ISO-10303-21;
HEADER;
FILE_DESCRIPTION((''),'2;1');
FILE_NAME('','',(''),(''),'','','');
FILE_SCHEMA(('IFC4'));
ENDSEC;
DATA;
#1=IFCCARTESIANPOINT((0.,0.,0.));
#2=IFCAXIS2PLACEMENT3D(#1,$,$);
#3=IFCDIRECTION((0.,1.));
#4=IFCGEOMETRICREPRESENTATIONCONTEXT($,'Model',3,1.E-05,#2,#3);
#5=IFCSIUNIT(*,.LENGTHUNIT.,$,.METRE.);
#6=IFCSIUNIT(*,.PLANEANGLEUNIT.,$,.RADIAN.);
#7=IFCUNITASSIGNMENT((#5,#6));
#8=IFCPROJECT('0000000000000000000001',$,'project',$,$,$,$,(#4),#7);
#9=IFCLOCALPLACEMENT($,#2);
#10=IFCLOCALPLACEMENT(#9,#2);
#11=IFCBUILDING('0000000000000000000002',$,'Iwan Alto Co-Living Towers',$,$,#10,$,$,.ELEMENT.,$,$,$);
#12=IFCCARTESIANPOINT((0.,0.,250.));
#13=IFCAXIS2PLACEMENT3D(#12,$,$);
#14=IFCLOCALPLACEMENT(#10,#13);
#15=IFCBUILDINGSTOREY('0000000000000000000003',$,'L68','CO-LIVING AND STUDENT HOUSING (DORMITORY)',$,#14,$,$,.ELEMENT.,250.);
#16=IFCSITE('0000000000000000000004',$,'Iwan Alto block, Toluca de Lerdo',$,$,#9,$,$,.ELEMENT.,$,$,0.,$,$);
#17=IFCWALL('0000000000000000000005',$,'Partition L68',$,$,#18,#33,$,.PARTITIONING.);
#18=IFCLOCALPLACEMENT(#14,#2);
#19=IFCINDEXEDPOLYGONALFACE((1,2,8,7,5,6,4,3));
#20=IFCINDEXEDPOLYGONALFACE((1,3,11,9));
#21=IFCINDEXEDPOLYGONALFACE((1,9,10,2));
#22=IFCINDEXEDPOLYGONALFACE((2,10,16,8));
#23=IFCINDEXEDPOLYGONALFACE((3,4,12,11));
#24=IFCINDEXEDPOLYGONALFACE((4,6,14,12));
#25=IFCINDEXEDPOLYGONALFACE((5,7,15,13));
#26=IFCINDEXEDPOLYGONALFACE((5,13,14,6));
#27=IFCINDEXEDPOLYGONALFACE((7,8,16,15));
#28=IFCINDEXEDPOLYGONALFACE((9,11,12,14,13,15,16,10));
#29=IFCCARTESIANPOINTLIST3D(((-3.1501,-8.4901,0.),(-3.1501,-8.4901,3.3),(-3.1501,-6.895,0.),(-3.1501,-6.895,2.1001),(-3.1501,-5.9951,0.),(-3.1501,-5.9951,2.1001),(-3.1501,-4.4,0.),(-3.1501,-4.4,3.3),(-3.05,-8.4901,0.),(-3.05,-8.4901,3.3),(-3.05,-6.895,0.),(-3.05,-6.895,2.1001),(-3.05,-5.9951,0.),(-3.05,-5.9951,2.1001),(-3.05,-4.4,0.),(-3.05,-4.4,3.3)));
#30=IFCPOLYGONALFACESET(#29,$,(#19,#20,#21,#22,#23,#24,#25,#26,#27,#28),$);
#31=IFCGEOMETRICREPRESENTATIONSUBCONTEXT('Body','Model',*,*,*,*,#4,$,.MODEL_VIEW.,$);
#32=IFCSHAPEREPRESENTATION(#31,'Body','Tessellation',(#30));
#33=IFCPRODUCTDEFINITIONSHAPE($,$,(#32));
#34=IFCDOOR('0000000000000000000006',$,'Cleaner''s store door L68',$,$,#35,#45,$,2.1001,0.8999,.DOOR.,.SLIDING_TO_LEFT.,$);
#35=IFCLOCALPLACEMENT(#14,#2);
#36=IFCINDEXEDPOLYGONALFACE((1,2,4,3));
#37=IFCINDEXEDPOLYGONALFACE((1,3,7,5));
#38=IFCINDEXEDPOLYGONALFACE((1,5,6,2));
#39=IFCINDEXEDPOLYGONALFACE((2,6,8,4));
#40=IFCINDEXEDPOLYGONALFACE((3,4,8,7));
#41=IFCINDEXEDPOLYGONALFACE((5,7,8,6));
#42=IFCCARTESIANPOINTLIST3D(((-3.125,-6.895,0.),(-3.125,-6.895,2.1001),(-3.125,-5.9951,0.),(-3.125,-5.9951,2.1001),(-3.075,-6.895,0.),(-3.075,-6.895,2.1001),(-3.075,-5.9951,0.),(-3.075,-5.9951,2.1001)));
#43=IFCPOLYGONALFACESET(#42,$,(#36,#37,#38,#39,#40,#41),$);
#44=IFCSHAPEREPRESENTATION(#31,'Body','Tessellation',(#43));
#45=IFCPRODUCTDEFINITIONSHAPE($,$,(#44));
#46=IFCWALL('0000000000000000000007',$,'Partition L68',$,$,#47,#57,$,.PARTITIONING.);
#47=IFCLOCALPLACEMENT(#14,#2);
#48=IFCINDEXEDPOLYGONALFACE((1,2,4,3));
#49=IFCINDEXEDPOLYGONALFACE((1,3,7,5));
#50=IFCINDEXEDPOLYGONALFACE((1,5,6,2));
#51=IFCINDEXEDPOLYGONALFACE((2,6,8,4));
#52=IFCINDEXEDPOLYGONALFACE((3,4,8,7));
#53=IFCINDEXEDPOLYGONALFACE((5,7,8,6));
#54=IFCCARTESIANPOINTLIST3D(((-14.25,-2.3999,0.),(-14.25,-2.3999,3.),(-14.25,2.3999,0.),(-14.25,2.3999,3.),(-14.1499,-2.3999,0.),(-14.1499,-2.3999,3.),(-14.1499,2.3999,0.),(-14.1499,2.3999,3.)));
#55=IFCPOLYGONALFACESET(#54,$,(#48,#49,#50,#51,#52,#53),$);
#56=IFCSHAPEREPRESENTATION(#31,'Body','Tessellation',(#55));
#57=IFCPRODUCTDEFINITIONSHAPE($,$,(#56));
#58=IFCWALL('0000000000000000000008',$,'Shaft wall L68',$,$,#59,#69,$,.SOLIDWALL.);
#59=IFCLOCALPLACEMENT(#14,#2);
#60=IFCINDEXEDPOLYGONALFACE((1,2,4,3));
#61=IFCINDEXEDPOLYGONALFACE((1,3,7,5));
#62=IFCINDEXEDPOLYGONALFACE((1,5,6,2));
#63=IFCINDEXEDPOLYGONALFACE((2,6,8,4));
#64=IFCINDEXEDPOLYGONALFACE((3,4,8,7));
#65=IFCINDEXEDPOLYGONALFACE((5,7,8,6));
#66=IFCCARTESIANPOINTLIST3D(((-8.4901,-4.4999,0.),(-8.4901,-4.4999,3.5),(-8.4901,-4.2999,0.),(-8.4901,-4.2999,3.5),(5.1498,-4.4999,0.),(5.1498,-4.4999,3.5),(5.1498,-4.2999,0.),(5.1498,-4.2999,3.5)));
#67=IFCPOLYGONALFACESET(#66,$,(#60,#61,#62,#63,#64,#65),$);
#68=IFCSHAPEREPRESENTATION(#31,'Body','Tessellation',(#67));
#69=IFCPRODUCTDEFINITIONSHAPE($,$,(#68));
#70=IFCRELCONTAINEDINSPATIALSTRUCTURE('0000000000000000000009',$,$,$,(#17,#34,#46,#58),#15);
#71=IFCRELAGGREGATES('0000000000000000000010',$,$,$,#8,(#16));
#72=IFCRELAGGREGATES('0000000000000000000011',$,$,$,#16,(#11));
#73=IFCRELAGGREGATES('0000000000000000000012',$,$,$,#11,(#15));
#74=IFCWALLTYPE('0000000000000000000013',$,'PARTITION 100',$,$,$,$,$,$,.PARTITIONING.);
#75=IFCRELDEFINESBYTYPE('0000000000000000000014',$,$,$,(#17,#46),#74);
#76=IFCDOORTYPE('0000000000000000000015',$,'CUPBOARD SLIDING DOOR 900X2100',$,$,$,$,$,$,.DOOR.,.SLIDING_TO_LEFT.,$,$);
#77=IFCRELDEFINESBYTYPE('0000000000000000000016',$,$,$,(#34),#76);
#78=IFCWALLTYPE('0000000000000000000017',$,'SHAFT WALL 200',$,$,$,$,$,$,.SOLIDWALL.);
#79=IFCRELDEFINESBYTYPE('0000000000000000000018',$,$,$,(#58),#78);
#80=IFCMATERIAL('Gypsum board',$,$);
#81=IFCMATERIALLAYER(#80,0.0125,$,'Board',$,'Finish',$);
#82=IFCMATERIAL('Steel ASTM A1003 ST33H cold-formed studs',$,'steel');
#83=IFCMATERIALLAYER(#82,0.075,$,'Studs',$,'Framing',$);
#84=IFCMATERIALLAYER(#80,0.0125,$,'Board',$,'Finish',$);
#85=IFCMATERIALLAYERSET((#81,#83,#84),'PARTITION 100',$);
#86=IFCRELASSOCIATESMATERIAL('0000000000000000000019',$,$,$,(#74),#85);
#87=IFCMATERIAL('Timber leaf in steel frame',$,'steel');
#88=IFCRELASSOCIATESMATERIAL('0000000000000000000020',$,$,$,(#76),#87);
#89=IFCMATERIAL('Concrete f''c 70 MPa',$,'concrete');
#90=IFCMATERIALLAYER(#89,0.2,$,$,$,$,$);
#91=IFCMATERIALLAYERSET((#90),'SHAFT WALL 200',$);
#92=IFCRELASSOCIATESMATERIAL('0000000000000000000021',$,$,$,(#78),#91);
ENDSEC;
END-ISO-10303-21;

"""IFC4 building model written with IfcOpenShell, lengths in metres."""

from ifc_helpers import new_model, si_unit, direction, frame, frame_2d, origin, place, context, subcontext, project, spatial, rectangle, extrude, material, layer, layer_set, type_object, element, fill, save


model = new_model("IFC4")

# Units and contexts
model_context = context("Model", 3, precision=1e-05, world=origin(), true_north=direction((0.0, 1.0)))
body_context = subcontext(model_context, "Body", "Model", "MODEL_VIEW")
ifc_project = project(units=[si_unit("LENGTHUNIT", "METRE"), si_unit("PLANEANGLEUNIT", "RADIAN")], contexts=[model_context])

# Site, building, storey
site_placement = place(None, origin())
site = spatial("IfcSite", under=ifc_project, at=site_placement, Name="Iwan Alto block, Toluca de Lerdo", CompositionType="ELEMENT", RefElevation=0.0)
building_placement = place(site_placement, origin())
building = spatial("IfcBuilding", under=site, at=building_placement, Name="Iwan Alto Co-Living Towers", CompositionType="ELEMENT")
storey_placement = place(building_placement, frame((0.0, 0.0, 250.0)))
storey = spatial("IfcBuildingStorey", under=building, at=storey_placement, Name="L68", Description="CO-LIVING AND STUDENT HOUSING (DORMITORY)", CompositionType="ELEMENT", Elevation=250.0)

# Wall, opening, door
ifc_material_1 = material(Name="Gypsum board")
ifc_layer_1 = layer(ifc_material_1, 0.0125, Name="Board", Category="Finish")
ifc_material_2 = material(Name="Steel ASTM A1003 ST33H cold-formed studs", Category="steel")
ifc_layer_2 = layer(ifc_material_2, 0.075, Name="Studs", Category="Framing")
ifc_layer_3 = layer(ifc_material_1, 0.0125, Name="Board", Category="Finish")
ifc_layer_set_1 = layer_set([ifc_layer_1, ifc_layer_2, ifc_layer_3], Name="PARTITION 100")
wall_type_1 = type_object("IfcWallType", Name="PARTITION 100", PredefinedType="PARTITIONING", material=ifc_layer_set_1)
wall_1_placement = place(storey_placement, frame((-3.1001, -8.49, 0.0), z_axis=(0.0, 0.0, 1.0), x_axis=(0.0, 1.0, 0.0)))
wall_1 = element("IfcWall", 1, at=wall_1_placement, inside=storey, type_object=wall_type_1, Name="Partition L68", PredefinedType="PARTITIONING", context=body_context, shape_type="SweptSolid", body=[
    extrude(rectangle(XDim=4.0901, YDim=0.1001, at=frame_2d((2.0449, 0.0))), origin(), (0.0, 0.0, 1.0), 3.3),
])
opening_1_placement = place(wall_1_placement, frame((1.595, 0.0, 0.0)))
opening_1 = element("IfcOpeningElement", 2, at=opening_1_placement, cuts=wall_1, PredefinedType="OPENING", context=body_context, shape_type="SweptSolid", body=[
    extrude(rectangle(XDim=0.8999, YDim=2.1001, at=frame_2d((0.45, 1.05))), frame((0.0, 0.0601, 0.0), z_axis=(0.0, -1.0, 0.0), x_axis=(1.0, 0.0, 0.0)), (0.0, 0.0, 1.0), 0.1201),
])
ifc_material_3 = material(Name="Timber leaf in steel frame", Category="steel")
door_type_1 = type_object("IfcDoorType", Name="CUPBOARD SLIDING DOOR 900X2100", OperationType="SLIDING_TO_LEFT", PredefinedType="DOOR", material=ifc_material_3)
door_1_placement = place(opening_1_placement, origin())
door_1 = element("IfcDoor", 3, at=door_1_placement, inside=storey, type_object=door_type_1, Name="Cleaner's store door L68", OperationType="SLIDING_TO_LEFT", OverallHeight=2.1001, OverallWidth=0.8999, PredefinedType="DOOR", context=body_context, shape_type="SweptSolid", body=[
    extrude(rectangle(XDim=0.8999, YDim=2.1001, at=frame_2d((0.45, 1.05))), frame((0.0, 0.0249, 0.0), z_axis=(0.0, -1.0, 0.0), x_axis=(1.0, 0.0, 0.0)), (0.0, 0.0, 1.0), 0.05),
])
fill(opening_1, door_1)

# Walls
wall_2_placement = place(storey_placement, frame((-14.2, -2.3999, 0.0), z_axis=(0.0, 0.0, 1.0), x_axis=(0.0, 1.0, 0.0)))
element("IfcWall", 4, at=wall_2_placement, inside=storey, type_object=wall_type_1, Name="Partition L68", PredefinedType="PARTITIONING", context=body_context, shape_type="SweptSolid", body=[
    extrude(rectangle(XDim=4.7998, YDim=0.1001, at=frame_2d((2.3999, 0.0))), origin(), (0.0, 0.0, 1.0), 3.0),
])
ifc_material_4 = material(Name="Concrete f'c 70 MPa", Category="concrete")
ifc_layer_4 = layer(ifc_material_4, 0.2)
ifc_layer_set_2 = layer_set([ifc_layer_4], Name="SHAFT WALL 200")
wall_type_2 = type_object("IfcWallType", Name="SHAFT WALL 200", PredefinedType="SOLIDWALL", material=ifc_layer_set_2)
wall_3_placement = place(storey_placement, frame((-8.49, -4.3999, 0.0), z_axis=(0.0, 0.0, 1.0), x_axis=(1.0, 0.0, 0.0)))
element("IfcWall", 5, at=wall_3_placement, inside=storey, type_object=wall_type_2, Name="Shaft wall L68", PredefinedType="SOLIDWALL", context=body_context, shape_type="SweptSolid", body=[
    extrude(rectangle(XDim=13.6399, YDim=0.2, at=frame_2d((6.8198, 0.0))), origin(), (0.0, 0.0, 1.0), 3.5),
])

save(model, "model.ifc")
